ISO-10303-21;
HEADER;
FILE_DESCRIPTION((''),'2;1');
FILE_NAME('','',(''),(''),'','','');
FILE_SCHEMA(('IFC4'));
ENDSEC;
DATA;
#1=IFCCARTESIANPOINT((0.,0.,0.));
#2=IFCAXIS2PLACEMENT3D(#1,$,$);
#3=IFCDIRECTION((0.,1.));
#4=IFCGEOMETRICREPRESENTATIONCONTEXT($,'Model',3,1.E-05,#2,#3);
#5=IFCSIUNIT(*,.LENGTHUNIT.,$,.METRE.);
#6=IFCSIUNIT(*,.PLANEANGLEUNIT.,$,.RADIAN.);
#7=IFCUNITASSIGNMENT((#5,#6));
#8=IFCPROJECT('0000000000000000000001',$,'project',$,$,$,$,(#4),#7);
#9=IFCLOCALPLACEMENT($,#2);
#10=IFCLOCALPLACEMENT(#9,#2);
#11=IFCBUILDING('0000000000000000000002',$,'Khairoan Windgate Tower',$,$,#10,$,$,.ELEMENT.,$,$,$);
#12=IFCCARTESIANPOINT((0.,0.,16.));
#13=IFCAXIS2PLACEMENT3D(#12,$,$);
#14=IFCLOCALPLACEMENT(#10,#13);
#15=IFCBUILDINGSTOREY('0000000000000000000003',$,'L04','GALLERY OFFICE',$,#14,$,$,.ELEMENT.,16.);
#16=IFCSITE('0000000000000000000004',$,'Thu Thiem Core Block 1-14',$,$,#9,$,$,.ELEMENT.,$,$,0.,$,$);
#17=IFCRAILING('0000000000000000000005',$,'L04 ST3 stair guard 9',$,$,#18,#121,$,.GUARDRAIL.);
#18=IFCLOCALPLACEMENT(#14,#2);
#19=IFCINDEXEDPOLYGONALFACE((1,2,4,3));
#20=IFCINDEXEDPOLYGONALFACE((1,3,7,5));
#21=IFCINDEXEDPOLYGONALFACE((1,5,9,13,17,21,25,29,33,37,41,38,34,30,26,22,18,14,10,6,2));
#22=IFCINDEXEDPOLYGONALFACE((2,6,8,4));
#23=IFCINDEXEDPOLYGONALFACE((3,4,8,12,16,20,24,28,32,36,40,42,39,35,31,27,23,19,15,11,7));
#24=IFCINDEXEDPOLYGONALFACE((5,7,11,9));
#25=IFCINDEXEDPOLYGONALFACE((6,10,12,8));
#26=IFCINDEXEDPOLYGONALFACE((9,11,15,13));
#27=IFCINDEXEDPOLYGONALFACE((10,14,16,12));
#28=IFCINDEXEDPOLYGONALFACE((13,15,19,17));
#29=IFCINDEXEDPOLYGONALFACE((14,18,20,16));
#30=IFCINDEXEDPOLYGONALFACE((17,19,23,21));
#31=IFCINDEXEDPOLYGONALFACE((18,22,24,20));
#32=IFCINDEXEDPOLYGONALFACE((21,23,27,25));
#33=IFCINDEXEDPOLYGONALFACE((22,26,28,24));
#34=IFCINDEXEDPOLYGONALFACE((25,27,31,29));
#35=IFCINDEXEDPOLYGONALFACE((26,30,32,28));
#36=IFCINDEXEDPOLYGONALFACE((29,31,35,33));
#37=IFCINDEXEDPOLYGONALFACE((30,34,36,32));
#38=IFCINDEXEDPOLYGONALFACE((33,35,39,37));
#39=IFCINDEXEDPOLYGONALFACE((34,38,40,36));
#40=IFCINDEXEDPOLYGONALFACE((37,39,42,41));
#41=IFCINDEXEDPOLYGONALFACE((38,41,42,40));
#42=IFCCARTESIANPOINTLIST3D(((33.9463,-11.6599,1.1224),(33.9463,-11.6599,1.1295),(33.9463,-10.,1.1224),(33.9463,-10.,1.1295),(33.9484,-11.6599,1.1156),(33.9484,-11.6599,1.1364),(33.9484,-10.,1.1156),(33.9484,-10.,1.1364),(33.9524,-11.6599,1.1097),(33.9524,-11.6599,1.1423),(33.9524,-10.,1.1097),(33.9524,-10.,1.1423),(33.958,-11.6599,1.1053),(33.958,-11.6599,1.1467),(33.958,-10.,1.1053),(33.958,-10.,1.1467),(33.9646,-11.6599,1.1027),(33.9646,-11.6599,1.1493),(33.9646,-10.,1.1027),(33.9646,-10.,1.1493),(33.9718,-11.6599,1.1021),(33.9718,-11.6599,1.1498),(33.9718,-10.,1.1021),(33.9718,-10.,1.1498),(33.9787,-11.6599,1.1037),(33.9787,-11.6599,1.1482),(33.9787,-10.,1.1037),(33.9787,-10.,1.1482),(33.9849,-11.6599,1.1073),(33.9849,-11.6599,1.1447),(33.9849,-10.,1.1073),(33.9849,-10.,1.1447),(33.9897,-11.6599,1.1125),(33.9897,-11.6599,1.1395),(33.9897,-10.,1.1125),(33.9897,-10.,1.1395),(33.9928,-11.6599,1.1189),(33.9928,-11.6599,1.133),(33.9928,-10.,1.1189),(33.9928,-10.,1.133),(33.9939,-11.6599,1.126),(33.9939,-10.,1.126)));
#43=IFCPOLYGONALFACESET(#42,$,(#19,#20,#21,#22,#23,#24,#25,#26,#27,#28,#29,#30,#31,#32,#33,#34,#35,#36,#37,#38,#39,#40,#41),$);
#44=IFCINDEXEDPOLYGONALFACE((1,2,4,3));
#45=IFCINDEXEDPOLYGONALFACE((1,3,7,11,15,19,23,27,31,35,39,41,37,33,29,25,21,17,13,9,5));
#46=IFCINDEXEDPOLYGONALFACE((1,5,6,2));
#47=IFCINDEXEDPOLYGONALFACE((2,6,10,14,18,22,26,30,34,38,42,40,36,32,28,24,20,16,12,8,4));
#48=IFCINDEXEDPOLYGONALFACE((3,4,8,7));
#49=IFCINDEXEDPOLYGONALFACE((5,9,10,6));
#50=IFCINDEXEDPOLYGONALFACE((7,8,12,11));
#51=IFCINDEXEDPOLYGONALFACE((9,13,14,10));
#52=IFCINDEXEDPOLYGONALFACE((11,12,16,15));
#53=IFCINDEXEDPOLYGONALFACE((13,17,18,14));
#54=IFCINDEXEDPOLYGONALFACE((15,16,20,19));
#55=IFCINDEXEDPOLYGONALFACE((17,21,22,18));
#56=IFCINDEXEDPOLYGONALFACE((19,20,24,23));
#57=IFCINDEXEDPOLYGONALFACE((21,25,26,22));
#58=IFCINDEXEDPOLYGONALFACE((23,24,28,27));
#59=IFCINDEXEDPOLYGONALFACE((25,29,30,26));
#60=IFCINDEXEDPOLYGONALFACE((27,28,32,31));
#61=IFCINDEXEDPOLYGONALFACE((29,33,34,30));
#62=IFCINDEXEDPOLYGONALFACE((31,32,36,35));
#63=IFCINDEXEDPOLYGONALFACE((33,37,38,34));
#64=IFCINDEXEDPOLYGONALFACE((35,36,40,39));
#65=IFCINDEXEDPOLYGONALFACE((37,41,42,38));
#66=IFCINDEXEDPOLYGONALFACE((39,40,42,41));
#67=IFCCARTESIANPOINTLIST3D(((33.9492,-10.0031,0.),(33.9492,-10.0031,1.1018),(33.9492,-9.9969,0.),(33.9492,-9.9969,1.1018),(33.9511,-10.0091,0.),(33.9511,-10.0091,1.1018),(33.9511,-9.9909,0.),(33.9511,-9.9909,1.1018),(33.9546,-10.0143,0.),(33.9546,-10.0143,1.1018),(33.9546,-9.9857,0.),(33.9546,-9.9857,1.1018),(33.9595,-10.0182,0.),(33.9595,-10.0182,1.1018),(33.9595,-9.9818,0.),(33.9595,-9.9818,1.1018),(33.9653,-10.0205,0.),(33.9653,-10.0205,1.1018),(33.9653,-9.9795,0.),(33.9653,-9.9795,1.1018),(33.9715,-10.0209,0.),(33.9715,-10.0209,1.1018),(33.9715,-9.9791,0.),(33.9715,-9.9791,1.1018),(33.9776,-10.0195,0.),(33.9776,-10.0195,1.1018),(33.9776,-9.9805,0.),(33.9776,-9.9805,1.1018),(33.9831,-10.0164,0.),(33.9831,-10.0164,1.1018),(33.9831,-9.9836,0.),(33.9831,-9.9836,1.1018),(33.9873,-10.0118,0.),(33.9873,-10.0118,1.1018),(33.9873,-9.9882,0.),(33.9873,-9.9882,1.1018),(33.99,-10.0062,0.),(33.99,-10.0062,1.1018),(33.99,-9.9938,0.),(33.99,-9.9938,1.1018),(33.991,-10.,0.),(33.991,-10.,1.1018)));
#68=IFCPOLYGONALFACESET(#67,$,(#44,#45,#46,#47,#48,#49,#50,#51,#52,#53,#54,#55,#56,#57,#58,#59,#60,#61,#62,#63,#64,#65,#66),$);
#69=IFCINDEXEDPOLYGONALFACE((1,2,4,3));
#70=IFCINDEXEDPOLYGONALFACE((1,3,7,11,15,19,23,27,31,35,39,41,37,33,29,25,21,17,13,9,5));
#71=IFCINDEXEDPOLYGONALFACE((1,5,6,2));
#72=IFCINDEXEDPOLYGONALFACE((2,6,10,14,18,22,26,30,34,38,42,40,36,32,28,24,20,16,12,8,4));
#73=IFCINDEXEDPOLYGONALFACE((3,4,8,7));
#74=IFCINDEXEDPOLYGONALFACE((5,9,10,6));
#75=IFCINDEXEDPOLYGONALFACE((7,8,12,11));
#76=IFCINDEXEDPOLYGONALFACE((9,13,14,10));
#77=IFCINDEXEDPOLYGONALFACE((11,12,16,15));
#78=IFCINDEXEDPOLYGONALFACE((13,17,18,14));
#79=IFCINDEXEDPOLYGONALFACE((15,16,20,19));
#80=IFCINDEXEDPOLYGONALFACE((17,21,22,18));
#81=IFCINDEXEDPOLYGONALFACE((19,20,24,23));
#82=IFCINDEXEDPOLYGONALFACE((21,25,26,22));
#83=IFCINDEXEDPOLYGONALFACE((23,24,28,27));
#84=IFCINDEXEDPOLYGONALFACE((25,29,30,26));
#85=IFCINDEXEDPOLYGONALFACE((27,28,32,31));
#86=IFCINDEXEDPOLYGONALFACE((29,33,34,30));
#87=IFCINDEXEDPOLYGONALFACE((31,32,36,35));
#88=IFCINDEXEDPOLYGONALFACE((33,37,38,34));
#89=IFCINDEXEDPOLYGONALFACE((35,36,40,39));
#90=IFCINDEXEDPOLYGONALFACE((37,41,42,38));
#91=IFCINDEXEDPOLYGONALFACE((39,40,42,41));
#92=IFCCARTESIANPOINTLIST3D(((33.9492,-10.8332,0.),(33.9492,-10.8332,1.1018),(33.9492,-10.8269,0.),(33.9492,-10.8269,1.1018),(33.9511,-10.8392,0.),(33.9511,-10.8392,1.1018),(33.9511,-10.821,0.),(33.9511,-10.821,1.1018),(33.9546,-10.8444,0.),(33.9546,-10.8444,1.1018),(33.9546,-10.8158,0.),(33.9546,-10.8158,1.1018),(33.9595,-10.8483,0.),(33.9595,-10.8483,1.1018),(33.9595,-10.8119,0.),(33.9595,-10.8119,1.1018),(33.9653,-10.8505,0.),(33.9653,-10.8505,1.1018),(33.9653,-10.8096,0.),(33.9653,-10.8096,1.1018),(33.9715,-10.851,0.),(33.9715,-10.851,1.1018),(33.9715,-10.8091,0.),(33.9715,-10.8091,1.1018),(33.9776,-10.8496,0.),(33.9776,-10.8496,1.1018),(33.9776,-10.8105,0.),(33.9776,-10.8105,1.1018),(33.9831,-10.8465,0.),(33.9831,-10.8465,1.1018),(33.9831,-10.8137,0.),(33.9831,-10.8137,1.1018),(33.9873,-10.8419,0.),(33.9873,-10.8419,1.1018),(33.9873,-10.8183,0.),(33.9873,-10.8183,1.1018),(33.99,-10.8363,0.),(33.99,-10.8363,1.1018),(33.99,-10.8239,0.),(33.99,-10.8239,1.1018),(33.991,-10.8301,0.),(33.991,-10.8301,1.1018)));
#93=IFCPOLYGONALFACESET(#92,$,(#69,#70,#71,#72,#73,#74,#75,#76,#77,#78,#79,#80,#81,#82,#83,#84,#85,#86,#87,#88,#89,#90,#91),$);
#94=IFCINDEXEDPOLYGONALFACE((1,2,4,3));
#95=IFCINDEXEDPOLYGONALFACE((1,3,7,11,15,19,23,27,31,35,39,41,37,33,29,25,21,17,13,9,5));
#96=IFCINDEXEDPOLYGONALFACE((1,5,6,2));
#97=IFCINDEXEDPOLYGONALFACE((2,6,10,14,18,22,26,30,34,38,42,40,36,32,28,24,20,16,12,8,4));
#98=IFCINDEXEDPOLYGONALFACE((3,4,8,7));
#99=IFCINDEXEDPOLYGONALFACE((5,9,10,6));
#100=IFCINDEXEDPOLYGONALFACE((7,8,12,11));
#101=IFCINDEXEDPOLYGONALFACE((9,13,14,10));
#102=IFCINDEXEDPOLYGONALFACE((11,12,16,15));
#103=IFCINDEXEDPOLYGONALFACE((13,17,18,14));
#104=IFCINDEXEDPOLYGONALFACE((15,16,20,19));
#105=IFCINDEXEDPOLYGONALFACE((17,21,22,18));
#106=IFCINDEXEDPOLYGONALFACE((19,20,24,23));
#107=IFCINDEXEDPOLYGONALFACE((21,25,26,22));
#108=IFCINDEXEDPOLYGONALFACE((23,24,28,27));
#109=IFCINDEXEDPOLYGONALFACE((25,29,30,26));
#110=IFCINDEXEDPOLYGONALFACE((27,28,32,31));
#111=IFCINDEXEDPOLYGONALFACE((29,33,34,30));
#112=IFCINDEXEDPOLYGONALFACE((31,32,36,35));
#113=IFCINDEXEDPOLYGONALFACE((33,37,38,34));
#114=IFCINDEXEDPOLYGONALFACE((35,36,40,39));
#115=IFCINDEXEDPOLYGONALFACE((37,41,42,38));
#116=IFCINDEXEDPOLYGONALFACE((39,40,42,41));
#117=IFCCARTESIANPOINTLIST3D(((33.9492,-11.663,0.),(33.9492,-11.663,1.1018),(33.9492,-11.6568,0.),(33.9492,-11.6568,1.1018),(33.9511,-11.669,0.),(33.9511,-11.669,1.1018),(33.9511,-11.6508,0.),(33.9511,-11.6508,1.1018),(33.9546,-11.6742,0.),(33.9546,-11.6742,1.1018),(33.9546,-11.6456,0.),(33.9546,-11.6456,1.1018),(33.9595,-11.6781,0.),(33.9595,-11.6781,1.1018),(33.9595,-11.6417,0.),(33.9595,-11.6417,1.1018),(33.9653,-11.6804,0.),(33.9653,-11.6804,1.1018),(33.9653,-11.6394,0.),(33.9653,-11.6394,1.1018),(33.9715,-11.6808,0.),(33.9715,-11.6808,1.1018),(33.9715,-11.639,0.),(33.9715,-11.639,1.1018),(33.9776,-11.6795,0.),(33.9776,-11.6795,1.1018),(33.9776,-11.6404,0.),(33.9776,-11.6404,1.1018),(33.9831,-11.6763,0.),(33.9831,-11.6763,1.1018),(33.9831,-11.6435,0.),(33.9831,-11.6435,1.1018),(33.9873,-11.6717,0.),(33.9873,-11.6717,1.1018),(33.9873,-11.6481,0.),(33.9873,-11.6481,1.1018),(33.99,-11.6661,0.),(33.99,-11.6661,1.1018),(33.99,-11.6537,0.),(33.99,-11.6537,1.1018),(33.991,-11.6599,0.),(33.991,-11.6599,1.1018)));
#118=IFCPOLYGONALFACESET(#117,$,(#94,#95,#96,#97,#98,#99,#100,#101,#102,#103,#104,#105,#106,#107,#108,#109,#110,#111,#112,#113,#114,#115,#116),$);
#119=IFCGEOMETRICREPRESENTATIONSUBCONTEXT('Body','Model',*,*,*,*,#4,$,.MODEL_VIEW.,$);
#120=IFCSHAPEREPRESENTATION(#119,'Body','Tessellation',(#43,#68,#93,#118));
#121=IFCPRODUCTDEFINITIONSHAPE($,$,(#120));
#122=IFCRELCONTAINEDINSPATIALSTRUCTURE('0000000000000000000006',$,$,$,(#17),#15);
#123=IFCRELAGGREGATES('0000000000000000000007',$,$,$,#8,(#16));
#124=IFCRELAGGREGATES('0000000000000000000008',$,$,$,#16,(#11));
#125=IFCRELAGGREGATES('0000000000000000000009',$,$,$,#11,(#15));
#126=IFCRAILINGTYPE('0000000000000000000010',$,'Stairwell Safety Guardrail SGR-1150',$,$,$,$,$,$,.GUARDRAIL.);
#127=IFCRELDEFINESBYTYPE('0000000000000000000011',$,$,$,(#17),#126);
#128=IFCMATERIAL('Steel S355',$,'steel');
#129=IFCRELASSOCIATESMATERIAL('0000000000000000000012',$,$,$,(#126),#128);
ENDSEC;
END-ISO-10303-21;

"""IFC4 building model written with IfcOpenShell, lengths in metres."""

from ifc_helpers import new_model, si_unit, direction, frame, origin, origin_2d, place, context, subcontext, project, spatial, circle, extrude, material, type_object, element, save


model = new_model("IFC4")

# Units and contexts
model_context = context("Model", 3, precision=1e-05, world=origin(), true_north=direction((0.0, 1.0)))
body_context = subcontext(model_context, "Body", "Model", "MODEL_VIEW")
ifc_project = project(units=[si_unit("LENGTHUNIT", "METRE"), si_unit("PLANEANGLEUNIT", "RADIAN")], contexts=[model_context])

# Site, building, storey
site_placement = place(None, origin())
site = spatial("IfcSite", under=ifc_project, at=site_placement, Name="Thu Thiem Core Block 1-14", CompositionType="ELEMENT", RefElevation=0.0)
building_placement = place(site_placement, origin())
building = spatial("IfcBuilding", under=site, at=building_placement, Name="Khairoan Windgate Tower", CompositionType="ELEMENT")
storey_placement = place(building_placement, frame((0.0, 0.0, 16.0)))
storey = spatial("IfcBuildingStorey", under=building, at=storey_placement, Name="L04", Description="GALLERY OFFICE", CompositionType="ELEMENT", Elevation=16.0)

# Railing
ifc_material_1 = material(Name="Steel S355", Category="steel")
railing_type_1 = type_object("IfcRailingType", Name="Stairwell Safety Guardrail SGR-1150", PredefinedType="GUARDRAIL", material=ifc_material_1)
for number, where, name in (
    (1, (33.97, -10.0, 0.0), "L04 ST3 stair guard 9"),
):
    element("IfcRailing", number, at=place(storey_placement, frame(where)), inside=storey, type_object=railing_type_1, Name=name, PredefinedType="GUARDRAIL", context=body_context, shape_type="SweptSolid", body=[
        extrude(circle(Radius=0.0239, at=origin_2d()), frame((0.0, 0.0, 1.126), z_axis=(0.0, -1.0, 0.0), x_axis=(1.0, 0.0, 0.0)), (0.0, 0.0, 1.0), 1.6599),
        extrude(circle(Radius=0.021, at=origin_2d()), origin(), (0.0, 0.0, 1.0), 1.1018),
        extrude(circle(Radius=0.021, at=origin_2d()), frame((0.0, -0.8301, 0.0)), (0.0, 0.0, 1.0), 1.1018),
        extrude(circle(Radius=0.021, at=origin_2d()), frame((0.0, -1.6599, 0.0)), (0.0, 0.0, 1.0), 1.1018),
    ])

save(model, "model.ifc")
